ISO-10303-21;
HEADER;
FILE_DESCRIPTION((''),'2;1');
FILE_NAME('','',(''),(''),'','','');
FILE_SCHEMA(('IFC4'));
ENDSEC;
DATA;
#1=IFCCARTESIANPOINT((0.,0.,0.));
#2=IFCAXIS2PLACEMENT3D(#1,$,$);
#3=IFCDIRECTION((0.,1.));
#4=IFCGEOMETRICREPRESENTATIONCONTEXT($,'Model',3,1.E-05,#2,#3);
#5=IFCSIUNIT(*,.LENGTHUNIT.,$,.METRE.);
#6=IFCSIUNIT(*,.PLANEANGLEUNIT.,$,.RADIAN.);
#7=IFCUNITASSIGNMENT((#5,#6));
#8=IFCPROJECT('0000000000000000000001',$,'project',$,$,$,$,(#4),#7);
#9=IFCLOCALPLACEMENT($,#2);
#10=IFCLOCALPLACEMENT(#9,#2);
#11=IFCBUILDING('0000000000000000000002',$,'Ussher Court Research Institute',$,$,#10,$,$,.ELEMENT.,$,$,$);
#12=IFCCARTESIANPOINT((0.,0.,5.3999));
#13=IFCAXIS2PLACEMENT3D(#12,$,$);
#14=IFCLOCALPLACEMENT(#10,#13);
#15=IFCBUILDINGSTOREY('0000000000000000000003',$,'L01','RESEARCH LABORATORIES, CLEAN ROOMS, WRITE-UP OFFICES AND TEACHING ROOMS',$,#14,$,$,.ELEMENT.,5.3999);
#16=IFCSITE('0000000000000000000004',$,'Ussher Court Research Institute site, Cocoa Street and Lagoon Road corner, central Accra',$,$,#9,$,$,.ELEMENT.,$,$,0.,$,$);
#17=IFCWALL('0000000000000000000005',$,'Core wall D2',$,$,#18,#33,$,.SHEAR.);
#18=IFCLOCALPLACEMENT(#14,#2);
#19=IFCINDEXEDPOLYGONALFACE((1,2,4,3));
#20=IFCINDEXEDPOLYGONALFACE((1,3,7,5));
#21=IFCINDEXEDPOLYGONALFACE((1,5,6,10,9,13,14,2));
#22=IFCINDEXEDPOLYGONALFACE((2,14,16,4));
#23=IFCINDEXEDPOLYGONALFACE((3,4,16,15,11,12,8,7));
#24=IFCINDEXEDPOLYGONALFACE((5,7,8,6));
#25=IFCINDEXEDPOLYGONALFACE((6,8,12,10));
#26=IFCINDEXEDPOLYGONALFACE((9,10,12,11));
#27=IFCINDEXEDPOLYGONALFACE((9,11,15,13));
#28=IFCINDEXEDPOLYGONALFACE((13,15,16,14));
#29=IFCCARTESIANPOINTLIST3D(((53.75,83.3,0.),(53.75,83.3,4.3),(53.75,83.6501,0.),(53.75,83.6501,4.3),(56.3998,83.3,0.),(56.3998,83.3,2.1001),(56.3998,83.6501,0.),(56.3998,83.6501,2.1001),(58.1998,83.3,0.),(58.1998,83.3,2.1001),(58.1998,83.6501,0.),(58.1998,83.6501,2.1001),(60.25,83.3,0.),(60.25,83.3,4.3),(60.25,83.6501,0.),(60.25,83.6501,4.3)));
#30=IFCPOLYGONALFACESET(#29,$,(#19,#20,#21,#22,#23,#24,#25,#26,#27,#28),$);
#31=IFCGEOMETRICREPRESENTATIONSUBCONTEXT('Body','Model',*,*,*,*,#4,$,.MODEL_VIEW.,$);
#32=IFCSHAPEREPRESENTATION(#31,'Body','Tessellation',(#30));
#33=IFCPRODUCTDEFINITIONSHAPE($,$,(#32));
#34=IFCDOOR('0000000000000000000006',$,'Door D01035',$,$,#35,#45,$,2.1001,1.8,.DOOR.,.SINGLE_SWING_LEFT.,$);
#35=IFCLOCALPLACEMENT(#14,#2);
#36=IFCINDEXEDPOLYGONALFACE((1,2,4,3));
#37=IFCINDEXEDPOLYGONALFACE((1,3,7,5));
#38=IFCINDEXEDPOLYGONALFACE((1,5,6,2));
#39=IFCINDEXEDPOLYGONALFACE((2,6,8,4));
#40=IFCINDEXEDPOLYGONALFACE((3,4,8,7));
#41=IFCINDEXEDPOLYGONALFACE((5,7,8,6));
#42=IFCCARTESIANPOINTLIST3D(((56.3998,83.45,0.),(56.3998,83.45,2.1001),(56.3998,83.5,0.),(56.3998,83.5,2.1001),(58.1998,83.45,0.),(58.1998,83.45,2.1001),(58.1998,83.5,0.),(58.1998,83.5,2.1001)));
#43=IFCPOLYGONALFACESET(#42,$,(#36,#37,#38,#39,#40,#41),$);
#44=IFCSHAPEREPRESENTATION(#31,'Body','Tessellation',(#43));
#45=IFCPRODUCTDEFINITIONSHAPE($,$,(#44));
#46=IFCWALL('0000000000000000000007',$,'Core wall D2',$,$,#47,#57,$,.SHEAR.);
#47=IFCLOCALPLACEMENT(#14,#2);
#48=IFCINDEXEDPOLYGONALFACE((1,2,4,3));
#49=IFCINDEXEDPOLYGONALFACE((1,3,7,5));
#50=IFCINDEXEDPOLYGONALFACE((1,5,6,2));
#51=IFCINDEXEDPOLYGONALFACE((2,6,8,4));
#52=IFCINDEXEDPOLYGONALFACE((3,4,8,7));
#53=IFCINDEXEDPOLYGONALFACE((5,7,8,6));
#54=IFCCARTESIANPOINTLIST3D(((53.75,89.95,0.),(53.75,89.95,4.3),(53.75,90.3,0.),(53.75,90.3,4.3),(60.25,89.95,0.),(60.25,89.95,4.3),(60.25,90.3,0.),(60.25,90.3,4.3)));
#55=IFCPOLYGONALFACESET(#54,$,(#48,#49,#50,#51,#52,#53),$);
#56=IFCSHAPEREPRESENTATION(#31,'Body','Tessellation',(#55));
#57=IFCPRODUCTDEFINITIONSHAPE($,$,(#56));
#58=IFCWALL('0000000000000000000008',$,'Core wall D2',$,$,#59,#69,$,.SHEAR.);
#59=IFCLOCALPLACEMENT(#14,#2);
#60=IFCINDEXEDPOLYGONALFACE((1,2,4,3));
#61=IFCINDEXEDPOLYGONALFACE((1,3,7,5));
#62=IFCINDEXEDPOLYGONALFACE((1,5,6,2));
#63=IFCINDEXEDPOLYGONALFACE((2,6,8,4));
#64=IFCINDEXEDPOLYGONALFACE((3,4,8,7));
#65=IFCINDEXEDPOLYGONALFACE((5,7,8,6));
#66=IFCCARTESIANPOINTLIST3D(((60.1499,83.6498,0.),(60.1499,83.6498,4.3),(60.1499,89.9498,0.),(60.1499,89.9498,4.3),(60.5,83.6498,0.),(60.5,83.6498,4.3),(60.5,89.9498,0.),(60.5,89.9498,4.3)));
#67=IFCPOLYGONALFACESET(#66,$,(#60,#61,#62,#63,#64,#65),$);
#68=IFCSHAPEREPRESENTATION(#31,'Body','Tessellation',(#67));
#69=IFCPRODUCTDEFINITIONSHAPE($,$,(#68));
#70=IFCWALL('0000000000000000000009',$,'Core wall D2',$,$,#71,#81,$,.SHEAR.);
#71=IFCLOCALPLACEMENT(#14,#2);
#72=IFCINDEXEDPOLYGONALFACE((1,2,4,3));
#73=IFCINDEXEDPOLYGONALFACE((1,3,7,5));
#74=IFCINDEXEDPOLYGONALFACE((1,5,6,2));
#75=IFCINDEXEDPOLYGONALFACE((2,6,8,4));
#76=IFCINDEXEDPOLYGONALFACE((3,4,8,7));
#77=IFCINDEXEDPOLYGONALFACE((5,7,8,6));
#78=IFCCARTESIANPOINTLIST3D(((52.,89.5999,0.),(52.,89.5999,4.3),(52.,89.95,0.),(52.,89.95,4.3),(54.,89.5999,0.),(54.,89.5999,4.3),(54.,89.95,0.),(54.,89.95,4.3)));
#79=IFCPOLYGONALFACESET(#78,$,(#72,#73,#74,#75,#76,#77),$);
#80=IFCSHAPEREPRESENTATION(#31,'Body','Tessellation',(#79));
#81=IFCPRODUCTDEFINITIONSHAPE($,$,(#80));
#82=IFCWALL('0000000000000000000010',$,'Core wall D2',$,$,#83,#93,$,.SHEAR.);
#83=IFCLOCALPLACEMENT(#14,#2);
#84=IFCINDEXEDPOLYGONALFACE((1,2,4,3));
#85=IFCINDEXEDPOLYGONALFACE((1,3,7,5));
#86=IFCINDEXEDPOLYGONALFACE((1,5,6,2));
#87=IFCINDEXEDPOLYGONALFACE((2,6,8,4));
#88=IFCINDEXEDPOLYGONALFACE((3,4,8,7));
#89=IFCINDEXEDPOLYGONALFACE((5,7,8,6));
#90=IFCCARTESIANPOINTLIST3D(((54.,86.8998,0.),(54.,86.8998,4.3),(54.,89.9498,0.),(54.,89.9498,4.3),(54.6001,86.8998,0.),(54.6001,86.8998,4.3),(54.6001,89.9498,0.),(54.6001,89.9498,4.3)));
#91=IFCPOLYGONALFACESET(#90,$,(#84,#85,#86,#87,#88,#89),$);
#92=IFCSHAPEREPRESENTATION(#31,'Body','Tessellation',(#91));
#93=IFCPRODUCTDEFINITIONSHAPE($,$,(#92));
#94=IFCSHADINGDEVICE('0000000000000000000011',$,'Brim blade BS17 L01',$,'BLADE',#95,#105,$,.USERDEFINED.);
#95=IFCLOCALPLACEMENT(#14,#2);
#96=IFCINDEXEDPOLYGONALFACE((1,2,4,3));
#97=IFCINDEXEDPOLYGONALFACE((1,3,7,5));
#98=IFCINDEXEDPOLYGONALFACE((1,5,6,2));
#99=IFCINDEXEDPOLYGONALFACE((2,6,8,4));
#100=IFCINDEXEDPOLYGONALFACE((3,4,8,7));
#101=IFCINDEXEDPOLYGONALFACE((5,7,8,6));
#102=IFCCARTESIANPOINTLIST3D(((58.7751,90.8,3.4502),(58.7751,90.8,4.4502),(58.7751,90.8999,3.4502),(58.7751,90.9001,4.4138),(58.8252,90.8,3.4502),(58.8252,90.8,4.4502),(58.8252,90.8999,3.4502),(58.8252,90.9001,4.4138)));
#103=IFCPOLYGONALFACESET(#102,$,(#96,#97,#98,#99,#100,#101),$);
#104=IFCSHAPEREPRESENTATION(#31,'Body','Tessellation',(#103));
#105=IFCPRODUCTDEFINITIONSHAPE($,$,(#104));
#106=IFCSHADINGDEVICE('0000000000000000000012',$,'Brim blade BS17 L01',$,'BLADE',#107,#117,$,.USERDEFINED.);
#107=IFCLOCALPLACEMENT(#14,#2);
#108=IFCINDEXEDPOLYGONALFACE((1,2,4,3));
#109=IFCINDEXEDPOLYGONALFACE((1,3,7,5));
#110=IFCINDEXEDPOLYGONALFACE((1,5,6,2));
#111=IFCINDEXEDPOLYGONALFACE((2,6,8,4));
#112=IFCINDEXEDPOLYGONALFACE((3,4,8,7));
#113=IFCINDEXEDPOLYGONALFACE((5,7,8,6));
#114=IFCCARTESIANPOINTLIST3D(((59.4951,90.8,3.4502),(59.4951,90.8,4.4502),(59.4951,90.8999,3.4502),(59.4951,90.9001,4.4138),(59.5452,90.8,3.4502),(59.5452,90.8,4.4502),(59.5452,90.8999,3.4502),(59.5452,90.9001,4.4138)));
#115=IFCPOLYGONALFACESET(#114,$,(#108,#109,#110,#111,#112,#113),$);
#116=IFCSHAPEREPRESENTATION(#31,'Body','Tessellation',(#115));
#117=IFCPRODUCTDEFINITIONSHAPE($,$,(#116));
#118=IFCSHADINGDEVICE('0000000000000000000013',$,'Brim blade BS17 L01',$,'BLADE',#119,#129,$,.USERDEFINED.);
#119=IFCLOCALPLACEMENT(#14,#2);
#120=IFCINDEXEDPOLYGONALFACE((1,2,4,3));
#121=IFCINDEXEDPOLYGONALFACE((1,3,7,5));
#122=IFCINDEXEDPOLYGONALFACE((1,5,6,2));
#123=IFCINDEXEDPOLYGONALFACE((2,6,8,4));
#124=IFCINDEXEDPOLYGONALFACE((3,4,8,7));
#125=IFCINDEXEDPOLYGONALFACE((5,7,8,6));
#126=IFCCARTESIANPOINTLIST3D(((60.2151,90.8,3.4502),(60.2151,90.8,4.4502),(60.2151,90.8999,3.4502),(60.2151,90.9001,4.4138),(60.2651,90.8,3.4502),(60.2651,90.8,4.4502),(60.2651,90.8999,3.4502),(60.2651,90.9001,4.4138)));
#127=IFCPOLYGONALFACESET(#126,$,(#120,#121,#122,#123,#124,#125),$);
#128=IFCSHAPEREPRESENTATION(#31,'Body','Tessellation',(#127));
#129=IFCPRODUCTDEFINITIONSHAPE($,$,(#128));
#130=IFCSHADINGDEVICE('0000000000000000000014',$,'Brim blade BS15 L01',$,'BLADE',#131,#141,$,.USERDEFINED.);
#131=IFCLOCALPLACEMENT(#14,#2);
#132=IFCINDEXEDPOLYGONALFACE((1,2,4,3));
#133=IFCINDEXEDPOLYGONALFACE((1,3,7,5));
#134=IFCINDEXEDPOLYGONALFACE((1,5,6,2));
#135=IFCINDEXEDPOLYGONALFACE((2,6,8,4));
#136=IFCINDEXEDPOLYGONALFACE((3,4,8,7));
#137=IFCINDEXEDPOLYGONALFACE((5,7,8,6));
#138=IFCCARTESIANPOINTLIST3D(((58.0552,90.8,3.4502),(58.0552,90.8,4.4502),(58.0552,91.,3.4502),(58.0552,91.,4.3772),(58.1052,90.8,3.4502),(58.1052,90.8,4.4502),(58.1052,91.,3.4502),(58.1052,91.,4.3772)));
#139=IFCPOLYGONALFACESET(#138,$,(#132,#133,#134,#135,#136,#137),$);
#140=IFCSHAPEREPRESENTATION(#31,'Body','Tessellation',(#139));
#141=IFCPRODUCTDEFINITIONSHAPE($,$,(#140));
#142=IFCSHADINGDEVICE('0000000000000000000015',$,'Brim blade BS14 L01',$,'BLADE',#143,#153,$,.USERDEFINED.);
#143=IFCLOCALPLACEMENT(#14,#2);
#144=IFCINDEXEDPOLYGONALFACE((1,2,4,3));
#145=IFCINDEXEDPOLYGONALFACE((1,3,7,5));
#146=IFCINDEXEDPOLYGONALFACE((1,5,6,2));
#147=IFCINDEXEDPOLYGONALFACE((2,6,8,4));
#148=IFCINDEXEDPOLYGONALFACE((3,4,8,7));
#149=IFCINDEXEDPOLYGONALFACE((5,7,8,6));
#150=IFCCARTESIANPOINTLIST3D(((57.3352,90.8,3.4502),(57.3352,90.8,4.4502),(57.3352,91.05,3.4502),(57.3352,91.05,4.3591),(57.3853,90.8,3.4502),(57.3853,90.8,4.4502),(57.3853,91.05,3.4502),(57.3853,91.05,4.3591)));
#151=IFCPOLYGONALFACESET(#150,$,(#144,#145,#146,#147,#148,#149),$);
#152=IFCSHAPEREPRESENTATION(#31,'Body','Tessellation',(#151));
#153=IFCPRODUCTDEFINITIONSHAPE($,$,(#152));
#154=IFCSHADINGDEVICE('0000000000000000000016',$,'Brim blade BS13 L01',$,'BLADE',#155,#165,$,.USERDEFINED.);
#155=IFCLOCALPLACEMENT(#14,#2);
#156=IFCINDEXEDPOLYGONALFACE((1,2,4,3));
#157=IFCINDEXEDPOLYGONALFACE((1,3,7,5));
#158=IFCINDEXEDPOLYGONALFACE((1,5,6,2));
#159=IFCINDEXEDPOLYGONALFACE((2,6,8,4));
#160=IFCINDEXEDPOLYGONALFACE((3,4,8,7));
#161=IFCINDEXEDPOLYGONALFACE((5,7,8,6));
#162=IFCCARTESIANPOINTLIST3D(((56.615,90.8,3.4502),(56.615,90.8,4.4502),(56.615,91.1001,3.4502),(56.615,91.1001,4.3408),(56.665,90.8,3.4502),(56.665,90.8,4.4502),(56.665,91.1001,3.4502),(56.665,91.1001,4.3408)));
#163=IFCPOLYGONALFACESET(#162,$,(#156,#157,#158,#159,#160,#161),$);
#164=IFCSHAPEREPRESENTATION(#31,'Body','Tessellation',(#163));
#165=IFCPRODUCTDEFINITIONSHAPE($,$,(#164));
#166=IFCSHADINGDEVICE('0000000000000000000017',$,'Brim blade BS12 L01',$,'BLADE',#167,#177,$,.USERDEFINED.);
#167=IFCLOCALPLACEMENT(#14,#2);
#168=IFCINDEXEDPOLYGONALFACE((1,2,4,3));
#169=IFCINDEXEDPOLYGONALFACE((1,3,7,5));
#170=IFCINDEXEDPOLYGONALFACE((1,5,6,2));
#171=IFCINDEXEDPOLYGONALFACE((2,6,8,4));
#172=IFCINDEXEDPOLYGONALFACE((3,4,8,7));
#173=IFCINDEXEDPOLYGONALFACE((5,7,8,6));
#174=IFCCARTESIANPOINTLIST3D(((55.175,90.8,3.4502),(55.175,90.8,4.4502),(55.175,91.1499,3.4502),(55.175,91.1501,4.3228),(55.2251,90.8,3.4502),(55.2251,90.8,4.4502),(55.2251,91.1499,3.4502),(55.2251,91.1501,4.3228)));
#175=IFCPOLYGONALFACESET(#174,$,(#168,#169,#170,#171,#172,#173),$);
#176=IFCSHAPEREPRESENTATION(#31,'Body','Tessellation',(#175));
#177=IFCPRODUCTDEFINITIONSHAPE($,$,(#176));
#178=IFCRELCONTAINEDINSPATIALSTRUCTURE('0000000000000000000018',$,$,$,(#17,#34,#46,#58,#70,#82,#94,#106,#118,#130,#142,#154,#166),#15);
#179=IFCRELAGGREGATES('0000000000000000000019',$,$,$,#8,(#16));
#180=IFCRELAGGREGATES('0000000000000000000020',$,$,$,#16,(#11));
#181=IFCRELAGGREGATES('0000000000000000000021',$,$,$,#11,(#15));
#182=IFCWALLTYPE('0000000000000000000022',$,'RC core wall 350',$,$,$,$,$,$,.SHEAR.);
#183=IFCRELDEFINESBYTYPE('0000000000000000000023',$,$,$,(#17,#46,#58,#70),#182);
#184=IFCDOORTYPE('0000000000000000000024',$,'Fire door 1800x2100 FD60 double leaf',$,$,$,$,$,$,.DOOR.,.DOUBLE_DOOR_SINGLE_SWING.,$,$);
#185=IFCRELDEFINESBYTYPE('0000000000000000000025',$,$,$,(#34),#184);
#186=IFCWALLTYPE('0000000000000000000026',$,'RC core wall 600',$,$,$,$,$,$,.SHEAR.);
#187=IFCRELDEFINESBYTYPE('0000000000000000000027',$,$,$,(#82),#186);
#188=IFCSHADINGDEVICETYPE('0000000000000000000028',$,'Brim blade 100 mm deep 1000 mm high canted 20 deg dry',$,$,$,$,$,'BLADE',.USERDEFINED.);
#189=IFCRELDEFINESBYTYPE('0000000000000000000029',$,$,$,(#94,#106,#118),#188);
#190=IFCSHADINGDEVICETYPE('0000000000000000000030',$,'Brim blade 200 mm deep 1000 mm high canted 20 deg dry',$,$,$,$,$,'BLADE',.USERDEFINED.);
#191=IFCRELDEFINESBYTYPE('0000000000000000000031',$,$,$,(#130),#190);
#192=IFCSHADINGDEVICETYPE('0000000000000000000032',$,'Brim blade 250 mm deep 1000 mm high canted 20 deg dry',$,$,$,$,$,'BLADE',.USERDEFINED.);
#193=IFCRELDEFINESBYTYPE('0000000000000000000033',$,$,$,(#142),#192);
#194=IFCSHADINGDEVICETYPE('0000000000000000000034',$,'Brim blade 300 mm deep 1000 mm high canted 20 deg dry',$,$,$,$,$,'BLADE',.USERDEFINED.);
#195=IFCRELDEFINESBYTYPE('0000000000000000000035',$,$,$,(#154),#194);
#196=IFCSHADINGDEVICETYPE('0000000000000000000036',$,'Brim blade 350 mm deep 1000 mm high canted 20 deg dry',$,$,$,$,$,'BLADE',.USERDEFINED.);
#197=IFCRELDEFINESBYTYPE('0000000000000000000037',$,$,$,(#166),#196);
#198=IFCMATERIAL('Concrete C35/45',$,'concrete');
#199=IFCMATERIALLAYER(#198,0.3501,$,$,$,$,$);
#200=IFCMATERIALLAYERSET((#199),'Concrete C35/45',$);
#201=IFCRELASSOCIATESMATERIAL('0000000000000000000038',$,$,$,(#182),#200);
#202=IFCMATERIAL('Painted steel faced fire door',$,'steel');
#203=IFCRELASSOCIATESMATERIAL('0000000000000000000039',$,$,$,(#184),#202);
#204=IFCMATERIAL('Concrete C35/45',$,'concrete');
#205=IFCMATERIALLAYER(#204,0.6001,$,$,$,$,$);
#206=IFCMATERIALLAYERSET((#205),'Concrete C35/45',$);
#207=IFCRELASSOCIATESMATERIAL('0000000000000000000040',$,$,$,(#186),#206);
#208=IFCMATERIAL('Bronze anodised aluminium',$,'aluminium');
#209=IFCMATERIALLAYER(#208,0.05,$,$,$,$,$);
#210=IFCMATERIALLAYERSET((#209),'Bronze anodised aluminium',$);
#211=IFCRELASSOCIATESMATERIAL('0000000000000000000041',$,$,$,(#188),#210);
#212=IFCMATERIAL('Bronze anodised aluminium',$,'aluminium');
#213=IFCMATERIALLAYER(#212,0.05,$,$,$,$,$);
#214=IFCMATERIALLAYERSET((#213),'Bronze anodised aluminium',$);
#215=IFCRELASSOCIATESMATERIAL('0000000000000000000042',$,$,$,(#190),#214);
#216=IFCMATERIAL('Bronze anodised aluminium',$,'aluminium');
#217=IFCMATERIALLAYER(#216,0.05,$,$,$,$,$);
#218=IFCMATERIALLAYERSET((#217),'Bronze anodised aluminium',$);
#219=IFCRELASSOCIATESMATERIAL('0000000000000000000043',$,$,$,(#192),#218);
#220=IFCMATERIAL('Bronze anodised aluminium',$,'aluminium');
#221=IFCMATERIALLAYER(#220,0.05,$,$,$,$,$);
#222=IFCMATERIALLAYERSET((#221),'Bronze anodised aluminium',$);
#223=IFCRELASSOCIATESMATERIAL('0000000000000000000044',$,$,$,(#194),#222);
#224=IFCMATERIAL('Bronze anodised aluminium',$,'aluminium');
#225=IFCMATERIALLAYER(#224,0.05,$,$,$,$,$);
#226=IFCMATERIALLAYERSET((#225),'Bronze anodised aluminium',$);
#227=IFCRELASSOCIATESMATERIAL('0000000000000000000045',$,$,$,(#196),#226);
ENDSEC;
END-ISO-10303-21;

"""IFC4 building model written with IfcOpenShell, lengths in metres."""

from ifc_helpers import new_model, si_unit, direction, frame, frame_2d, origin, place, context, subcontext, project, spatial, polyline, rectangle, outline, extrude, material, layer, layer_set, type_object, element, fill, save


model = new_model("IFC4")

# Units and contexts
model_context = context("Model", 3, precision=1e-05, world=origin(), true_north=direction((0.0, 1.0)))
body_context = subcontext(model_context, "Body", "Model", "MODEL_VIEW")
ifc_project = project(units=[si_unit("LENGTHUNIT", "METRE"), si_unit("PLANEANGLEUNIT", "RADIAN")], contexts=[model_context])

# Site, building, storey
site_placement = place(None, origin())
site = spatial("IfcSite", under=ifc_project, at=site_placement, Name="Ussher Court Research Institute site, Cocoa Street and Lagoon Road corner, central Accra", CompositionType="ELEMENT", RefElevation=0.0)
building_placement = place(site_placement, origin())
building = spatial("IfcBuilding", under=site, at=building_placement, Name="Ussher Court Research Institute", CompositionType="ELEMENT")
storey_placement = place(building_placement, frame((0.0, 0.0, 5.3999)))
storey = spatial("IfcBuildingStorey", under=building, at=storey_placement, Name="L01", Description="RESEARCH LABORATORIES, CLEAN ROOMS, WRITE-UP OFFICES AND TEACHING ROOMS", CompositionType="ELEMENT", Elevation=5.3999)

# Wall, opening, door
ifc_material_1 = material(Name="Concrete C35/45", Category="concrete")
ifc_layer_1 = layer(ifc_material_1, 0.3501)
ifc_layer_set_1 = layer_set([ifc_layer_1], Name="Concrete C35/45")
wall_type_1 = type_object("IfcWallType", Name="RC core wall 350", PredefinedType="SHEAR", material=ifc_layer_set_1)
wall_1_placement = place(storey_placement, frame((53.75, 83.4751, 0.0), z_axis=(0.0, 0.0, 1.0), x_axis=(1.0, 0.0, 0.0)))
wall_1 = element("IfcWall", 1, at=wall_1_placement, inside=storey, type_object=wall_type_1, Name="Core wall D2", PredefinedType="SHEAR", context=body_context, shape_type="SweptSolid", body=[
    extrude(rectangle(XDim=6.5, YDim=0.3501, at=frame_2d((3.25, 0.0))), origin(), (0.0, 0.0, 1.0), 4.3),
])
opening_1_placement = place(wall_1_placement, frame((2.6499, 0.0, 0.0)))
opening_1 = element("IfcOpeningElement", 2, at=opening_1_placement, cuts=wall_1, PredefinedType="OPENING", context=body_context, shape_type="SweptSolid", body=[
    extrude(rectangle(XDim=1.8, YDim=2.1001, at=frame_2d((0.8999, 1.05))), frame((0.0, 0.1851, 0.0), z_axis=(0.0, -1.0, 0.0), x_axis=(1.0, 0.0, 0.0)), (0.0, 0.0, 1.0), 0.3701),
])
ifc_material_2 = material(Name="Painted steel faced fire door", Category="steel")
door_type_1 = type_object("IfcDoorType", Name="Fire door 1800x2100 FD60 double leaf", OperationType="DOUBLE_DOOR_SINGLE_SWING", PredefinedType="DOOR", material=ifc_material_2)
door_1_placement = place(opening_1_placement, origin())
door_1 = element("IfcDoor", 3, at=door_1_placement, inside=storey, type_object=door_type_1, Name="Door D01035", OperationType="SINGLE_SWING_LEFT", OverallHeight=2.1001, OverallWidth=1.8, PredefinedType="DOOR", context=body_context, shape_type="SweptSolid", body=[
    extrude(rectangle(XDim=1.8, YDim=2.1001, at=frame_2d((0.8999, 1.05))), frame((0.0, 0.0249, 0.0), z_axis=(0.0, -1.0, 0.0), x_axis=(1.0, 0.0, 0.0)), (0.0, 0.0, 1.0), 0.05),
])
fill(opening_1, door_1)

# Walls
wall_2_placement = place(storey_placement, frame((53.75, 90.125, 0.0), z_axis=(0.0, 0.0, 1.0), x_axis=(1.0, 0.0, 0.0)))
element("IfcWall", 4, at=wall_2_placement, inside=storey, type_object=wall_type_1, Name="Core wall D2", PredefinedType="SHEAR", context=body_context, shape_type="SweptSolid", body=[
    extrude(rectangle(XDim=6.5, YDim=0.3501, at=frame_2d((3.25, 0.0))), origin(), (0.0, 0.0, 1.0), 4.3),
])
wall_3_placement = place(storey_placement, frame((60.325, 83.6499, 0.0), z_axis=(0.0, 0.0, 1.0), x_axis=(0.0, 1.0, 0.0)))
element("IfcWall", 5, at=wall_3_placement, inside=storey, type_object=wall_type_1, Name="Core wall D2", PredefinedType="SHEAR", context=body_context, shape_type="SweptSolid", body=[
    extrude(rectangle(XDim=6.3, YDim=0.3501, at=frame_2d((3.1499, 0.0))), origin(), (0.0, 0.0, 1.0), 4.3),
])
wall_4_placement = place(storey_placement, frame((52.0, 89.7749, 0.0), z_axis=(0.0, 0.0, 1.0), x_axis=(1.0, 0.0, 0.0)))
element("IfcWall", 6, at=wall_4_placement, inside=storey, type_object=wall_type_1, Name="Core wall D2", PredefinedType="SHEAR", context=body_context, shape_type="SweptSolid", body=[
    extrude(rectangle(XDim=2.0, YDim=0.3501, at=frame_2d((1.0, 0.0))), origin(), (0.0, 0.0, 1.0), 4.3),
])
ifc_material_3 = material(Name="Concrete C35/45", Category="concrete")
ifc_layer_2 = layer(ifc_material_3, 0.6001)
ifc_layer_set_2 = layer_set([ifc_layer_2], Name="Concrete C35/45")
wall_type_2 = type_object("IfcWallType", Name="RC core wall 600", PredefinedType="SHEAR", material=ifc_layer_set_2)
wall_5_placement = place(storey_placement, frame((54.3, 86.8999, 0.0), z_axis=(0.0, 0.0, 1.0), x_axis=(0.0, 1.0, 0.0)))
element("IfcWall", 7, at=wall_5_placement, inside=storey, type_object=wall_type_2, Name="Core wall D2", PredefinedType="SHEAR", context=body_context, shape_type="SweptSolid", body=[
    extrude(rectangle(XDim=3.05, YDim=0.6001, at=frame_2d((1.5249, 0.0))), origin(), (0.0, 0.0, 1.0), 4.3),
])

# Shading devices
ifc_material_4 = material(Name="Bronze anodised aluminium", Category="aluminium")
ifc_layer_3 = layer(ifc_material_4, 0.05)
ifc_layer_set_3 = layer_set([ifc_layer_3], Name="Bronze anodised aluminium")
shading_device_type_1 = type_object("IfcShadingDeviceType", Name="Brim blade 100 mm deep 1000 mm high canted 20 deg dry", ElementType="BLADE", PredefinedType="USERDEFINED", material=ifc_layer_set_3)
for number, where, z_axis, x_axis, name in (
    (8, (58.8, 90.8, 3.4502), (0.0, 0.0, 1.0), (0.0, 1.0, 0.0), "Brim blade BS17 L01"),
    (9, (59.52, 90.8, 3.4502), (0.0, 0.0, 1.0), (0.0, 1.0, 0.0), "Brim blade BS17 L01"),
    (10, (60.24, 90.8, 3.4502), (0.0, 0.0, 1.0), (0.0, 1.0, 0.0), "Brim blade BS17 L01"),
):
    element("IfcShadingDevice", number, at=place(storey_placement, frame(where, z_axis=z_axis, x_axis=x_axis)), inside=storey, type_object=shading_device_type_1, Name=name, ObjectType="BLADE", PredefinedType="USERDEFINED", context=body_context, shape_type="SweptSolid", body=[
        extrude(outline(polyline([(0.0, 0.0), (0.0999, 0.0), (0.1001, 0.9636), (0.0, 1.0), (0.0, 0.0)])), frame((0.0, 0.0249, 0.0), z_axis=(0.0, -1.0, 0.0), x_axis=(1.0, 0.0, 0.0)), (0.0, 0.0, 1.0), 0.05),
    ])
ifc_material_5 = material(Name="Bronze anodised aluminium", Category="aluminium")
ifc_layer_4 = layer(ifc_material_5, 0.05)
ifc_layer_set_4 = layer_set([ifc_layer_4], Name="Bronze anodised aluminium")
shading_device_type_2 = type_object("IfcShadingDeviceType", Name="Brim blade 200 mm deep 1000 mm high canted 20 deg dry", ElementType="BLADE", PredefinedType="USERDEFINED", material=ifc_layer_set_4)
shading_device_1_placement = place(storey_placement, frame((58.0801, 90.8, 3.4502), z_axis=(0.0, 0.0, 1.0), x_axis=(0.0, 1.0, 0.0)))
element("IfcShadingDevice", 11, at=shading_device_1_placement, inside=storey, type_object=shading_device_type_2, Name="Brim blade BS15 L01", ObjectType="BLADE", PredefinedType="USERDEFINED", context=body_context, shape_type="SweptSolid", body=[
    extrude(outline(polyline([(0.0, 0.0), (0.2, 0.0), (0.2, 0.927), (0.0, 1.0), (0.0, 0.0)])), frame((0.0, 0.0249, 0.0), z_axis=(0.0, -1.0, 0.0), x_axis=(1.0, 0.0, 0.0)), (0.0, 0.0, 1.0), 0.05),
])
ifc_material_6 = material(Name="Bronze anodised aluminium", Category="aluminium")
ifc_layer_5 = layer(ifc_material_6, 0.05)
ifc_layer_set_5 = layer_set([ifc_layer_5], Name="Bronze anodised aluminium")
shading_device_type_3 = type_object("IfcShadingDeviceType", Name="Brim blade 250 mm deep 1000 mm high canted 20 deg dry", ElementType="BLADE", PredefinedType="USERDEFINED", material=ifc_layer_set_5)
shading_device_2_placement = place(storey_placement, frame((57.3601, 90.8, 3.4502), z_axis=(0.0, 0.0, 1.0), x_axis=(0.0, 1.0, 0.0)))
element("IfcShadingDevice", 12, at=shading_device_2_placement, inside=storey, type_object=shading_device_type_3, Name="Brim blade BS14 L01", ObjectType="BLADE", PredefinedType="USERDEFINED", context=body_context, shape_type="SweptSolid", body=[
    extrude(outline(polyline([(0.0, 0.0), (0.25, 0.0), (0.25, 0.9089), (0.0, 1.0), (0.0, 0.0)])), frame((0.0, 0.0249, 0.0), z_axis=(0.0, -1.0, 0.0), x_axis=(1.0, 0.0, 0.0)), (0.0, 0.0, 1.0), 0.05),
])
ifc_material_7 = material(Name="Bronze anodised aluminium", Category="aluminium")
ifc_layer_6 = layer(ifc_material_7, 0.05)
ifc_layer_set_6 = layer_set([ifc_layer_6], Name="Bronze anodised aluminium")
shading_device_type_4 = type_object("IfcShadingDeviceType", Name="Brim blade 300 mm deep 1000 mm high canted 20 deg dry", ElementType="BLADE", PredefinedType="USERDEFINED", material=ifc_layer_set_6)
shading_device_3_placement = place(storey_placement, frame((56.6399, 90.8, 3.4502), z_axis=(0.0, 0.0, 1.0), x_axis=(0.0, 1.0, 0.0)))
element("IfcShadingDevice", 13, at=shading_device_3_placement, inside=storey, type_object=shading_device_type_4, Name="Brim blade BS13 L01", ObjectType="BLADE", PredefinedType="USERDEFINED", context=body_context, shape_type="SweptSolid", body=[
    extrude(outline(polyline([(0.0, 0.0), (0.3, 0.0), (0.3, 0.8906), (0.0, 1.0), (0.0, 0.0)])), frame((0.0, 0.0249, 0.0), z_axis=(0.0, -1.0, 0.0), x_axis=(1.0, 0.0, 0.0)), (0.0, 0.0, 1.0), 0.05),
])
ifc_material_8 = material(Name="Bronze anodised aluminium", Category="aluminium")
ifc_layer_7 = layer(ifc_material_8, 0.05)
ifc_layer_set_7 = layer_set([ifc_layer_7], Name="Bronze anodised aluminium")
shading_device_type_5 = type_object("IfcShadingDeviceType", Name="Brim blade 350 mm deep 1000 mm high canted 20 deg dry", ElementType="BLADE", PredefinedType="USERDEFINED", material=ifc_layer_set_7)
for number, where, z_axis, x_axis, name in (
    (14, (55.2, 90.8, 3.4502), (0.0, 0.0, 1.0), (0.0, 1.0, 0.0), "Brim blade BS12 L01"),
):
    element("IfcShadingDevice", number, at=place(storey_placement, frame(where, z_axis=z_axis, x_axis=x_axis)), inside=storey, type_object=shading_device_type_5, Name=name, ObjectType="BLADE", PredefinedType="USERDEFINED", context=body_context, shape_type="SweptSolid", body=[
        extrude(outline(polyline([(0.0, 0.0), (0.3499, 0.0), (0.3501, 0.8726), (0.0, 1.0), (0.0, 0.0)])), frame((0.0, 0.0249, 0.0), z_axis=(0.0, -1.0, 0.0), x_axis=(1.0, 0.0, 0.0)), (0.0, 0.0, 1.0), 0.05),
    ])

save(model, "model.ifc")
